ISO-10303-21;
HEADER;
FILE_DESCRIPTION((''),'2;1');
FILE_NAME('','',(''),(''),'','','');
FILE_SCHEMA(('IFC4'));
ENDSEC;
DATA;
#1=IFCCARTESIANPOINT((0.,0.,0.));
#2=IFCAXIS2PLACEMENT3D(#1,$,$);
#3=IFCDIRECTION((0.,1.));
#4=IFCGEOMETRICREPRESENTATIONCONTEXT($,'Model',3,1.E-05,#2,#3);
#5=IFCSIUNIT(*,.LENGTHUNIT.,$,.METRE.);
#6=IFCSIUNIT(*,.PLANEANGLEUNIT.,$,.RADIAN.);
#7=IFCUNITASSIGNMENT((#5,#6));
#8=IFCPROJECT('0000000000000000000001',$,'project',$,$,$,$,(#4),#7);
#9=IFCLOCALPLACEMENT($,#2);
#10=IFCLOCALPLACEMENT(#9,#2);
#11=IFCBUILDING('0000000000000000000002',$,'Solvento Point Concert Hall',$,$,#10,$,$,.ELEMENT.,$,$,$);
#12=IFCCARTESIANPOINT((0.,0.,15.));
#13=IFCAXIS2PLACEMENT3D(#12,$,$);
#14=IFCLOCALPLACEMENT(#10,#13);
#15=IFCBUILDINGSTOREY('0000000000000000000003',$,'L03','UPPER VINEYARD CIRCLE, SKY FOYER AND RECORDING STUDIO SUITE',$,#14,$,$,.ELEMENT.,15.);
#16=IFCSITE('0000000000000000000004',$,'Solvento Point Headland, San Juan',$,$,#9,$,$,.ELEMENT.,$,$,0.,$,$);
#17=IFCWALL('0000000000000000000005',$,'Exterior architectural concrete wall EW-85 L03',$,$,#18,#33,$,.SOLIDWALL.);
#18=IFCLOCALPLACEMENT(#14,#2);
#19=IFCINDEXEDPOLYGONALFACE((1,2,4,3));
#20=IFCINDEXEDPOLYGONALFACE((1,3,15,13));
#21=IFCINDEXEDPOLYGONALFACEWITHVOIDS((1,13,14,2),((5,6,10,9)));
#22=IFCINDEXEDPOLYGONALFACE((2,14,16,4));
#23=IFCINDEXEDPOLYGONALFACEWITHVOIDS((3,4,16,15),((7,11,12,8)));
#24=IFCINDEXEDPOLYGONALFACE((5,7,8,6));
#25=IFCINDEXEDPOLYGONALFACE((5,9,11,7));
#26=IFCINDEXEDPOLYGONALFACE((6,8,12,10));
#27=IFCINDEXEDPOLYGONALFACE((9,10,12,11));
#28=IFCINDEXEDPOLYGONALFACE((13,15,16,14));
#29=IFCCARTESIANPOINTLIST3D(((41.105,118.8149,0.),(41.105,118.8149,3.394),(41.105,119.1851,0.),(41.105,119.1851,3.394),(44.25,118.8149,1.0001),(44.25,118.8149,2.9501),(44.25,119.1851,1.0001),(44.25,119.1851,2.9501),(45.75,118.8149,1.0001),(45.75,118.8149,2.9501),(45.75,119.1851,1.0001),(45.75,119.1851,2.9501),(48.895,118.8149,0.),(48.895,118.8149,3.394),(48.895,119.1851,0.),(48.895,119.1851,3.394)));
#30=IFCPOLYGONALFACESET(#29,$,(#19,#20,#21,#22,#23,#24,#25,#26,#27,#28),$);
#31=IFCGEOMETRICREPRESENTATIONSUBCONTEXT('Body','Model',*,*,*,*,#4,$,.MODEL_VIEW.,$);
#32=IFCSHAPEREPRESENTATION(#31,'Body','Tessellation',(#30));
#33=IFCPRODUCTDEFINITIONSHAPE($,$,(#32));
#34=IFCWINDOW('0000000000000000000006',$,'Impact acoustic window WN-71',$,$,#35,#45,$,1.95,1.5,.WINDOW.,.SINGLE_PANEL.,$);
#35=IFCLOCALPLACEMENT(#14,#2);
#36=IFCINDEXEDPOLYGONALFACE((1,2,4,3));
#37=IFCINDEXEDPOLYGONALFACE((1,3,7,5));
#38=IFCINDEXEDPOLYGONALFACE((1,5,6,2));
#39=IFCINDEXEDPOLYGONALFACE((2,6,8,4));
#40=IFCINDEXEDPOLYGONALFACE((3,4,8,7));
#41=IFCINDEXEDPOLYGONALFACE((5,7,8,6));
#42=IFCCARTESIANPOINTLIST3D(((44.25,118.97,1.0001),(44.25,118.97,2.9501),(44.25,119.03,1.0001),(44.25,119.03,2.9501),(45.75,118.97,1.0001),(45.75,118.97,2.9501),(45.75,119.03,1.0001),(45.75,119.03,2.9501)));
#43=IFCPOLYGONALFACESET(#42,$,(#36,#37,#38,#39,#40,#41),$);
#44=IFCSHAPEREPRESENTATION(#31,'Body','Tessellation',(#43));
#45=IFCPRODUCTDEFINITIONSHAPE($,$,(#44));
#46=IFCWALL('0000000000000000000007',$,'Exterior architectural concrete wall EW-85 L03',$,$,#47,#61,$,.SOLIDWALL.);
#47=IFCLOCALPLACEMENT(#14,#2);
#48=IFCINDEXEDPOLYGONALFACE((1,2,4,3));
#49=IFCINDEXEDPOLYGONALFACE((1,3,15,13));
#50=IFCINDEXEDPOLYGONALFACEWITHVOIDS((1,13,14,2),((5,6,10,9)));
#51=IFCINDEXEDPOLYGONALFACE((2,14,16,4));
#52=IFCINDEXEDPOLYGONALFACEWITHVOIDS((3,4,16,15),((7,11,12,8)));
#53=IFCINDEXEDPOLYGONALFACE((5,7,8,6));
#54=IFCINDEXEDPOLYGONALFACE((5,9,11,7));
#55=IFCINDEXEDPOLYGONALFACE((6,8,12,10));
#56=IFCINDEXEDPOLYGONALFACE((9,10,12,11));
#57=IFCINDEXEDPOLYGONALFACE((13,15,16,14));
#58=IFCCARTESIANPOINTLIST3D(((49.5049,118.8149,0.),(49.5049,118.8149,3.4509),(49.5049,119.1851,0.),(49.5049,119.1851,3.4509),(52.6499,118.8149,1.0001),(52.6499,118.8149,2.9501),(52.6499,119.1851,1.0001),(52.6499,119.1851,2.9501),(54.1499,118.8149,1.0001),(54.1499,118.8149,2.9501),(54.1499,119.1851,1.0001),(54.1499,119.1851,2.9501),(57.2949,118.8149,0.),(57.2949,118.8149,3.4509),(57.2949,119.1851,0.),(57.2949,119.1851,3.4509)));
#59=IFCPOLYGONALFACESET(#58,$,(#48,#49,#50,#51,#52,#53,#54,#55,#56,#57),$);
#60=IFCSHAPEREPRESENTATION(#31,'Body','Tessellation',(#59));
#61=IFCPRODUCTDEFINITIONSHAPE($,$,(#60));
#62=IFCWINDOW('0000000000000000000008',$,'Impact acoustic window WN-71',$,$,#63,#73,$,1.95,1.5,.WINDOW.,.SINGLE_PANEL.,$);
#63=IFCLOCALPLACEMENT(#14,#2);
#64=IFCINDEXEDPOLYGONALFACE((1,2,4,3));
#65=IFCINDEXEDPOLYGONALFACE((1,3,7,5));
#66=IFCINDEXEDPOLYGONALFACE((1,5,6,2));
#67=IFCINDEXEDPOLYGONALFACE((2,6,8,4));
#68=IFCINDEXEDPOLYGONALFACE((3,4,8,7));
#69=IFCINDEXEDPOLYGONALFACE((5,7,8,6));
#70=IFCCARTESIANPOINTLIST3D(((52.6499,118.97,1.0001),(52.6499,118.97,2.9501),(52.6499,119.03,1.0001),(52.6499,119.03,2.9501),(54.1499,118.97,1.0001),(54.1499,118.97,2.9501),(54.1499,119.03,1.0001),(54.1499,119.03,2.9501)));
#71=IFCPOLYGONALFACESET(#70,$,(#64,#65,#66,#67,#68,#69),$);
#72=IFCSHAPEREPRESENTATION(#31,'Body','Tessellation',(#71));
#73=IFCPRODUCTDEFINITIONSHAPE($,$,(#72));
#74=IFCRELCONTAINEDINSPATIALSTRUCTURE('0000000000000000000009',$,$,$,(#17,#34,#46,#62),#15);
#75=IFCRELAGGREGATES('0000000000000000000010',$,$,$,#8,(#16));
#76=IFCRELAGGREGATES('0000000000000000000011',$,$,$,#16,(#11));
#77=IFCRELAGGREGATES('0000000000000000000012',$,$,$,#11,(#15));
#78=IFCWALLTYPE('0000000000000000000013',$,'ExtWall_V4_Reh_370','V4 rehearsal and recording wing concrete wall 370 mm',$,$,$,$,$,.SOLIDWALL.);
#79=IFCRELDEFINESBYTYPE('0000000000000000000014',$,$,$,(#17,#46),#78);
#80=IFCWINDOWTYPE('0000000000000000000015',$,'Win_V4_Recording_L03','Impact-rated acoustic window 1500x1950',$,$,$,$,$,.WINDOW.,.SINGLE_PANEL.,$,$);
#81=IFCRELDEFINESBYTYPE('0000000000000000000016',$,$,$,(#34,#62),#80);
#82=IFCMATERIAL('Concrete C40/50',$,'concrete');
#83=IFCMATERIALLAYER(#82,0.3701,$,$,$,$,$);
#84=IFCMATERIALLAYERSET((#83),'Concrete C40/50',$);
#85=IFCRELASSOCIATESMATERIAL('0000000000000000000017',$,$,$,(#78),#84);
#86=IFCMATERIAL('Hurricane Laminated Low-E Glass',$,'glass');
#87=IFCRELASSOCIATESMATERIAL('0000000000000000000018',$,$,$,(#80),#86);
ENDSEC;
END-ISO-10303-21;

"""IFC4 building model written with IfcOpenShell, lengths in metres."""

from ifc_helpers import new_model, si_unit, direction, frame, frame_2d, origin, place, context, subcontext, project, spatial, rectangle, extrude, material, layer, layer_set, type_object, element, fill, save


model = new_model("IFC4")

# Units and contexts
model_context = context("Model", 3, precision=1e-05, world=origin(), true_north=direction((0.0, 1.0)))
body_context = subcontext(model_context, "Body", "Model", "MODEL_VIEW")
ifc_project = project(units=[si_unit("LENGTHUNIT", "METRE"), si_unit("PLANEANGLEUNIT", "RADIAN")], contexts=[model_context])

# Site, building, storey
site_placement = place(None, origin())
site = spatial("IfcSite", under=ifc_project, at=site_placement, Name="Solvento Point Headland, San Juan", CompositionType="ELEMENT", RefElevation=0.0)
building_placement = place(site_placement, origin())
building = spatial("IfcBuilding", under=site, at=building_placement, Name="Solvento Point Concert Hall", CompositionType="ELEMENT")
storey_placement = place(building_placement, frame((0.0, 0.0, 15.0)))
storey = spatial("IfcBuildingStorey", under=building, at=storey_placement, Name="L03", Description="UPPER VINEYARD CIRCLE, SKY FOYER AND RECORDING STUDIO SUITE", CompositionType="ELEMENT", Elevation=15.0)

# Walls, openings, windows
ifc_material_1 = material(Name="Concrete C40/50", Category="concrete")
ifc_layer_1 = layer(ifc_material_1, 0.3701)
ifc_layer_set_1 = layer_set([ifc_layer_1], Name="Concrete C40/50")
wall_type_1 = type_object("IfcWallType", Name="ExtWall_V4_Reh_370", Description="V4 rehearsal and recording wing concrete wall 370 mm", PredefinedType="SOLIDWALL", material=ifc_layer_set_1)
ifc_material_2 = material(Name="Hurricane Laminated Low-E Glass", Category="glass")
window_type = type_object("IfcWindowType", Name="Win_V4_Recording_L03", Description="Impact-rated acoustic window 1500x1950", PartitioningType="SINGLE_PANEL", PredefinedType="WINDOW", material=ifc_material_2)
wall_1_placement = place(storey_placement, frame((48.895, 119.0, 0.0), z_axis=(0.0, 0.0, 1.0), x_axis=(-1.0, 0.0, 0.0)))
wall_1 = element("IfcWall", 1, at=wall_1_placement, inside=storey, type_object=wall_type_1, Name="Exterior architectural concrete wall EW-85 L03", PredefinedType="SOLIDWALL", context=body_context, shape_type="SweptSolid", body=[
    extrude(rectangle(XDim=7.79, YDim=0.3701, at=frame_2d((3.895, 0.0))), origin(), (0.0, 0.0, 1.0), 3.394),
])
opening_1_placement = place(wall_1_placement, frame((3.145, 0.0, 1.0)))
opening_1 = element("IfcOpeningElement", 2, at=opening_1_placement, cuts=wall_1, PredefinedType="OPENING", context=body_context, shape_type="SweptSolid", body=[
    extrude(rectangle(XDim=1.5, YDim=1.95, at=frame_2d((0.75, 0.9751))), frame((0.0, 0.1951, 0.0), z_axis=(0.0, -1.0, 0.0), x_axis=(1.0, 0.0, 0.0)), (0.0, 0.0, 1.0), 0.3901),
])
window_1_placement = place(opening_1_placement, origin())
window_1 = element("IfcWindow", 3, at=window_1_placement, inside=storey, type_object=window_type, Name="Impact acoustic window WN-71", OverallHeight=1.95, OverallWidth=1.5, PartitioningType="SINGLE_PANEL", PredefinedType="WINDOW", context=body_context, shape_type="SweptSolid", body=[
    extrude(rectangle(XDim=1.5, YDim=1.95, at=frame_2d((0.75, 0.9751))), frame((0.0, 0.03, 0.0), z_axis=(0.0, -1.0, 0.0), x_axis=(1.0, 0.0, 0.0)), (0.0, 0.0, 1.0), 0.0601),
])
fill(opening_1, window_1)
wall_2_placement = place(storey_placement, frame((57.2949, 119.0, 0.0), z_axis=(0.0, 0.0, 1.0), x_axis=(-1.0, 0.0, 0.0)))
wall_2 = element("IfcWall", 4, at=wall_2_placement, inside=storey, type_object=wall_type_1, Name="Exterior architectural concrete wall EW-85 L03", PredefinedType="SOLIDWALL", context=body_context, shape_type="SweptSolid", body=[
    extrude(rectangle(XDim=7.79, YDim=0.3701, at=frame_2d((3.895, 0.0))), origin(), (0.0, 0.0, 1.0), 3.4509),
])
opening_2_placement = place(wall_2_placement, frame((3.145, 0.0, 1.0)))
opening_2 = element("IfcOpeningElement", 5, at=opening_2_placement, cuts=wall_2, PredefinedType="OPENING", context=body_context, shape_type="SweptSolid", body=[
    extrude(rectangle(XDim=1.5, YDim=1.95, at=frame_2d((0.75, 0.9751))), frame((0.0, 0.1951, 0.0), z_axis=(0.0, -1.0, 0.0), x_axis=(1.0, 0.0, 0.0)), (0.0, 0.0, 1.0), 0.3901),
])
window_2_placement = place(opening_2_placement, origin())
window_2 = element("IfcWindow", 6, at=window_2_placement, inside=storey, type_object=window_type, Name="Impact acoustic window WN-71", OverallHeight=1.95, OverallWidth=1.5, PartitioningType="SINGLE_PANEL", PredefinedType="WINDOW", context=body_context, shape_type="SweptSolid", body=[
    extrude(rectangle(XDim=1.5, YDim=1.95, at=frame_2d((0.75, 0.9751))), frame((0.0, 0.03, 0.0), z_axis=(0.0, -1.0, 0.0), x_axis=(1.0, 0.0, 0.0)), (0.0, 0.0, 1.0), 0.0601),
])
fill(opening_2, window_2)

save(model, "model.ifc")
